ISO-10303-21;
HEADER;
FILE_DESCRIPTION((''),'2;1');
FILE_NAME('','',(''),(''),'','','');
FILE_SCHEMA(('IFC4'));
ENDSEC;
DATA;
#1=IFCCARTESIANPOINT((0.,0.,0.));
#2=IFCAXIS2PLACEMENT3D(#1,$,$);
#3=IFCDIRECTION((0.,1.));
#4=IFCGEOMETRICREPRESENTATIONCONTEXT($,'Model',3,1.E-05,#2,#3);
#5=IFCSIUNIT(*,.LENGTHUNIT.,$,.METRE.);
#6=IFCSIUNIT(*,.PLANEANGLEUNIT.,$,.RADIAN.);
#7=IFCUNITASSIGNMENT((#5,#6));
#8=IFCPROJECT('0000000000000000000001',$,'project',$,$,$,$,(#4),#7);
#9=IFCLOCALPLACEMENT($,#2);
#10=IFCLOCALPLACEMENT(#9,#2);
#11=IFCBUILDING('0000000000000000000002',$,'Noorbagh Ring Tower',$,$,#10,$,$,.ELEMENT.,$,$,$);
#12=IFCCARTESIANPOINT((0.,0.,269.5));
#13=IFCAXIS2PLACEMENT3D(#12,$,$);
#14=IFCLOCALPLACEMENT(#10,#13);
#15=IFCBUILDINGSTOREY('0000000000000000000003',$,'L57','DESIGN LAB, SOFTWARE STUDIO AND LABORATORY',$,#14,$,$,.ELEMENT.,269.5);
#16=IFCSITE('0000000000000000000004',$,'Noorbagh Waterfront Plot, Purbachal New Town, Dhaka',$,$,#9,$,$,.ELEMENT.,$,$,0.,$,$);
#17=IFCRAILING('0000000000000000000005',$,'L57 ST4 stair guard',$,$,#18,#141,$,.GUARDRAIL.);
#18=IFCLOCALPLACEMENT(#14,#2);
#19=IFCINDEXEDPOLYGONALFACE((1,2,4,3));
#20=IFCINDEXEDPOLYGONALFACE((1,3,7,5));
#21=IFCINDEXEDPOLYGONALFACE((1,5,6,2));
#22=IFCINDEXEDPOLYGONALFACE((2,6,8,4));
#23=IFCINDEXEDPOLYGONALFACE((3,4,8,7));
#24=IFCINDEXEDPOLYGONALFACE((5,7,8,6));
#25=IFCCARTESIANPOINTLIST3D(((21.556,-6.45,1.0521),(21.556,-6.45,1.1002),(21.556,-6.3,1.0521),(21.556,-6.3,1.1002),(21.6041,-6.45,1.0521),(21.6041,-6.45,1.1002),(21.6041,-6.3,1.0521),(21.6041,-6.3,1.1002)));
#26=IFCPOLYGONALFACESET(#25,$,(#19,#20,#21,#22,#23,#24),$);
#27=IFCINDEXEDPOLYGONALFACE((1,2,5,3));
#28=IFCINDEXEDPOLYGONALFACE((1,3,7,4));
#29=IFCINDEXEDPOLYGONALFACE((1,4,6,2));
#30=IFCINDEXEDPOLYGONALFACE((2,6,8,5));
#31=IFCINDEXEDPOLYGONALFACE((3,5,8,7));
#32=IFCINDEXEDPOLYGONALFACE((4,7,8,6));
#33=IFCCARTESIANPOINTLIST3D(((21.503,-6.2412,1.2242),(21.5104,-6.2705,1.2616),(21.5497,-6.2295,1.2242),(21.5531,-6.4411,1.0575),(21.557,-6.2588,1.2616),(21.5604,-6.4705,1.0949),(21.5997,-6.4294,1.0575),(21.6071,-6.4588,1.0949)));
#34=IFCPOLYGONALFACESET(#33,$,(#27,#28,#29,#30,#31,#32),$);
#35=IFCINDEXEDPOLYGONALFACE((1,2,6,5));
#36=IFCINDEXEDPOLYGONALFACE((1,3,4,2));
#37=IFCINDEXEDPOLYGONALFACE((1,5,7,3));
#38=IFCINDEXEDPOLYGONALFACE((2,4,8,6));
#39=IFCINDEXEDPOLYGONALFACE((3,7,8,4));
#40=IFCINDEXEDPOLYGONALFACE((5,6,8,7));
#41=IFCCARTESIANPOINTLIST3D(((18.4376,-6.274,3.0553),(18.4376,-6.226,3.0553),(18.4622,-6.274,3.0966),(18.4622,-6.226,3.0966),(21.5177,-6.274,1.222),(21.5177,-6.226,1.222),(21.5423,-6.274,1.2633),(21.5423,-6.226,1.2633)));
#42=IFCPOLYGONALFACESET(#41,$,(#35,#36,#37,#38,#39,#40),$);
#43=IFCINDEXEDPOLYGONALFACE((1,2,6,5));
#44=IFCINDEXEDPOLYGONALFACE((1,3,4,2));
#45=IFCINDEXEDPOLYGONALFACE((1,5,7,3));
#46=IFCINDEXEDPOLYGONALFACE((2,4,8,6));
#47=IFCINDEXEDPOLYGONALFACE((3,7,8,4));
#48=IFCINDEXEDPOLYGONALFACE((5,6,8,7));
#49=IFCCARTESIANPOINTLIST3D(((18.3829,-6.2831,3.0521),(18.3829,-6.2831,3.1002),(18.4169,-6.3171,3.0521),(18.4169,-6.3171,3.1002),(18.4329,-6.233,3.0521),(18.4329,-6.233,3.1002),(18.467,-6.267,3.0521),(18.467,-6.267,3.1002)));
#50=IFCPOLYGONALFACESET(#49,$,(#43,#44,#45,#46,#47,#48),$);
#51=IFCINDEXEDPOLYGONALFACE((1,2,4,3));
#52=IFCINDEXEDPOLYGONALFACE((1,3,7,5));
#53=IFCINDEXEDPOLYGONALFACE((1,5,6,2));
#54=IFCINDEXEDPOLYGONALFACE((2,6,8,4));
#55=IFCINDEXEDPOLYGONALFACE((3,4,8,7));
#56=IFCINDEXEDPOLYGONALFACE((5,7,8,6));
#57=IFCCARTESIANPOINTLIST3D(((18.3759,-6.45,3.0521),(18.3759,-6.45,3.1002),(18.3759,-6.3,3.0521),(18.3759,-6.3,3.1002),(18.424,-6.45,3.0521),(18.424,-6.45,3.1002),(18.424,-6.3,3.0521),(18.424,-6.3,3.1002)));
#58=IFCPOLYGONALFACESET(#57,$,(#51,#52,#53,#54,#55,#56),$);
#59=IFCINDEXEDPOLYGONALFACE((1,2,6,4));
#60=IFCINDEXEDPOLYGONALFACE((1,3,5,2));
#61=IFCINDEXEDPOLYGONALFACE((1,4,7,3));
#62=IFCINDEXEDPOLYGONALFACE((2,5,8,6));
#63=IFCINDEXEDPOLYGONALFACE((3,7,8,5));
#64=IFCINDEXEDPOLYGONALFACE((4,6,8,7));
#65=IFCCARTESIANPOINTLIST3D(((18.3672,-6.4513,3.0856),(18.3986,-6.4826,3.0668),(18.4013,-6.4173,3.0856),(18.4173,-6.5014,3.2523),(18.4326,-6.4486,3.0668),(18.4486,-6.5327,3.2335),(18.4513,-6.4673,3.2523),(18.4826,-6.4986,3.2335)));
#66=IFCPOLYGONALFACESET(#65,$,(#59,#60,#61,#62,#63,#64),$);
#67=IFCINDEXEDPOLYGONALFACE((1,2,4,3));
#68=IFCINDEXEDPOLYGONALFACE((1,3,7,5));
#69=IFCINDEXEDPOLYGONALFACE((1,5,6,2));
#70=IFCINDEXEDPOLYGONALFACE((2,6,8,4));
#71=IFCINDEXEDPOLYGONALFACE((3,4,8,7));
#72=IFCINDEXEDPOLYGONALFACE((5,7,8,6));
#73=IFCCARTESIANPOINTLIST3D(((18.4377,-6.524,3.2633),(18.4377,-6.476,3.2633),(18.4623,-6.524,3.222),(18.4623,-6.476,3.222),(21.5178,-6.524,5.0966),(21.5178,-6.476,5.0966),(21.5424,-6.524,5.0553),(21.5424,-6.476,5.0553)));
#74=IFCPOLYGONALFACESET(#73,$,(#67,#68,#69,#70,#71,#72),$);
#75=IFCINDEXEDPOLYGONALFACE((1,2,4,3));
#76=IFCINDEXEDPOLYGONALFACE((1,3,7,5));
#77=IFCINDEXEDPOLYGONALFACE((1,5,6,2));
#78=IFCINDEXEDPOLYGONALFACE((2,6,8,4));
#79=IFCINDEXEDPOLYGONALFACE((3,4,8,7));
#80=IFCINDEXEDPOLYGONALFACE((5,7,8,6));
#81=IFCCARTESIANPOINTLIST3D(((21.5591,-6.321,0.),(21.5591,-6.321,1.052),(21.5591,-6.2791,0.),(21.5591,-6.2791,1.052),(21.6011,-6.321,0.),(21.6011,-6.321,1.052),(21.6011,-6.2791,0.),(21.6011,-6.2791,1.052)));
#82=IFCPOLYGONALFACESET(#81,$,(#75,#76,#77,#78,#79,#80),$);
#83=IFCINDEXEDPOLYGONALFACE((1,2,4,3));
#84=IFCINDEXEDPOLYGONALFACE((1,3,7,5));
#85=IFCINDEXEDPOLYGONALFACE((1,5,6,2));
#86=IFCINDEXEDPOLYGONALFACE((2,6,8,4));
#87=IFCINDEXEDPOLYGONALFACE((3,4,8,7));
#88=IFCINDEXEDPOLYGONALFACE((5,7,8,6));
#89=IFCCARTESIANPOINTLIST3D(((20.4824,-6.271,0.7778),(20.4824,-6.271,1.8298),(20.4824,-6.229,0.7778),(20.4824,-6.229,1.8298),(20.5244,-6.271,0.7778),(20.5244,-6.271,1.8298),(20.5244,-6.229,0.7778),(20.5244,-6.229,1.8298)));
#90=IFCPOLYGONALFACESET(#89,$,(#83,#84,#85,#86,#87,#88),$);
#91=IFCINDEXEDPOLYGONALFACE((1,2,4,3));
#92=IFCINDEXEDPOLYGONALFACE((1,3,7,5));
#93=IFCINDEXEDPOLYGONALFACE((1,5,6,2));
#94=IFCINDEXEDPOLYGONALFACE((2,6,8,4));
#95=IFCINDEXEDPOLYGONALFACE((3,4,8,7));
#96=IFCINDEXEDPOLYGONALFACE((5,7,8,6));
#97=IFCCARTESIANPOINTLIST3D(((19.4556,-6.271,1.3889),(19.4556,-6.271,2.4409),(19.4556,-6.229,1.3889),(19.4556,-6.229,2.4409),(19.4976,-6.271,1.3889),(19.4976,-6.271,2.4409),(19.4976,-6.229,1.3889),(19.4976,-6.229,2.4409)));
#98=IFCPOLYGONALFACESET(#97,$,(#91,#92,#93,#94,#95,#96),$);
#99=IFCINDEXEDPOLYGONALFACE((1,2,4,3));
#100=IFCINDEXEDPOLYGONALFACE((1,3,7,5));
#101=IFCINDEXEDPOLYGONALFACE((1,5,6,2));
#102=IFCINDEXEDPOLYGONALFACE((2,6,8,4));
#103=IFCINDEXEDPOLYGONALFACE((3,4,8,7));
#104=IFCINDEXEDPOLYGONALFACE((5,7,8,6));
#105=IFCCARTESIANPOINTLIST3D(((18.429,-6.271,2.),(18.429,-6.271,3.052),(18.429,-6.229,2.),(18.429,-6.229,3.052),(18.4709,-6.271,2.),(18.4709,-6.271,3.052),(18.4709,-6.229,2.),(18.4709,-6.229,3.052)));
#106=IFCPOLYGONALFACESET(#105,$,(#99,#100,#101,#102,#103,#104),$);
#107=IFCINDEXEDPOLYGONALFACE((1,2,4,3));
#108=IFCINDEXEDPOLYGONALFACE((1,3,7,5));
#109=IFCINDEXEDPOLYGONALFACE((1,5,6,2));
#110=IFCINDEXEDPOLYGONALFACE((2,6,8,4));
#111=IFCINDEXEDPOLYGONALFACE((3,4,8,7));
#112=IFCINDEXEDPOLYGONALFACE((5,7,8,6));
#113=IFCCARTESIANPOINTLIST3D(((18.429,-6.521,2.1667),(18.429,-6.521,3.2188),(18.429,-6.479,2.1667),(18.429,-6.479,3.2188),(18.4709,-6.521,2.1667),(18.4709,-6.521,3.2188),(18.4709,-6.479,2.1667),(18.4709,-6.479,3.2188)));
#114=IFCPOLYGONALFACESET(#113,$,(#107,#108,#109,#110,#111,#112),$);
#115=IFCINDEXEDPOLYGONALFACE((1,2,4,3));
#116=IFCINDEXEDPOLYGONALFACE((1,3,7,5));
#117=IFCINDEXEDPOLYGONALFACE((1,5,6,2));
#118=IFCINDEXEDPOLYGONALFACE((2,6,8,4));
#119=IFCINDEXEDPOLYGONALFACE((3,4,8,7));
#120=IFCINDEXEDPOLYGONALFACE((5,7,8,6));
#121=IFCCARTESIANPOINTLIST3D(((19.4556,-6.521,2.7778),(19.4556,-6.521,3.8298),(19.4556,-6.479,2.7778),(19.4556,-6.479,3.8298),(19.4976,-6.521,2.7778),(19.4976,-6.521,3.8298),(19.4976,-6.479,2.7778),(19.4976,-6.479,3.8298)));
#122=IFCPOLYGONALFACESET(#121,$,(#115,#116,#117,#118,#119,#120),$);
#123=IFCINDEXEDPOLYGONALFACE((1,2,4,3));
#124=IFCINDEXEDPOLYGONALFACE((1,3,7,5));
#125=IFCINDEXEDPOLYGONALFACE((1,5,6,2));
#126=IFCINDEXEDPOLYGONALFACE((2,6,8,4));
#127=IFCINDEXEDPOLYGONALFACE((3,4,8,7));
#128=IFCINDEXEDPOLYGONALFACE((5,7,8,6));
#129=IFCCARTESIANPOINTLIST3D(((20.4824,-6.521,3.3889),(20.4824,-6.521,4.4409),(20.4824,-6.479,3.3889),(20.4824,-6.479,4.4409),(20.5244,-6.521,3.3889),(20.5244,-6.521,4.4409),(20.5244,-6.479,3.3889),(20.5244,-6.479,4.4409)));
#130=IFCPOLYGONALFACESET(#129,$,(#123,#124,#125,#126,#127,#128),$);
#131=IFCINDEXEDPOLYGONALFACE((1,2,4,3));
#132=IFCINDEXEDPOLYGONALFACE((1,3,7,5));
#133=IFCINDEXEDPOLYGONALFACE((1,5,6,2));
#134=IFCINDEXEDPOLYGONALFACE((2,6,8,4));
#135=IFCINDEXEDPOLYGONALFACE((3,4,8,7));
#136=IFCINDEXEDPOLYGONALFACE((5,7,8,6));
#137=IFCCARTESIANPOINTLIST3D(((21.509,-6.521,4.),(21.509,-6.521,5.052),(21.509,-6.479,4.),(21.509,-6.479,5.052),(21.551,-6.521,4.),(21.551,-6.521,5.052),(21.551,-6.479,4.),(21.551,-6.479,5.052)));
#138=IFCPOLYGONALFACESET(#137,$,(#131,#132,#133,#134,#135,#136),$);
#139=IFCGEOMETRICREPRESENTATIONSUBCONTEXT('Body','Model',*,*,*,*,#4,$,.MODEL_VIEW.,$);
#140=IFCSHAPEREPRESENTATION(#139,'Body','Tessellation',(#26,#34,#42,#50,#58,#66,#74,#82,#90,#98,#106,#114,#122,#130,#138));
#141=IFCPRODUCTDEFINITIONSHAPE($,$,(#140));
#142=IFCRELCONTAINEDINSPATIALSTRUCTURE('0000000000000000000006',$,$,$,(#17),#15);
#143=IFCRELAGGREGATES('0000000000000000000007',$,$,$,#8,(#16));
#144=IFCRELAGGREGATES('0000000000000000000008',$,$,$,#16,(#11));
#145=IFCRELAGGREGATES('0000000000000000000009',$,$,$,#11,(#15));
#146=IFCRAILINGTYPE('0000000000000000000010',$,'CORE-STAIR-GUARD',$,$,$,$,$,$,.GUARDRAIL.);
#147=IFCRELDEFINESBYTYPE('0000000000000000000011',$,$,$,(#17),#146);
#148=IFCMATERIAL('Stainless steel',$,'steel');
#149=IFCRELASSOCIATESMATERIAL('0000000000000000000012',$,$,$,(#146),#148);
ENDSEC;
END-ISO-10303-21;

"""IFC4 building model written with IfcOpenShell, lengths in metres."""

from ifc_helpers import new_model, si_unit, direction, frame, origin, origin_2d, place, context, subcontext, project, spatial, rectangle, extrude, material, type_object, element, save


model = new_model("IFC4")

# Units and contexts
model_context = context("Model", 3, precision=1e-05, world=origin(), true_north=direction((0.0, 1.0)))
body_context = subcontext(model_context, "Body", "Model", "MODEL_VIEW")
ifc_project = project(units=[si_unit("LENGTHUNIT", "METRE"), si_unit("PLANEANGLEUNIT", "RADIAN")], contexts=[model_context])

# Site, building, storey
site_placement = place(None, origin())
site = spatial("IfcSite", under=ifc_project, at=site_placement, Name="Noorbagh Waterfront Plot, Purbachal New Town, Dhaka", CompositionType="ELEMENT", RefElevation=0.0)
building_placement = place(site_placement, origin())
building = spatial("IfcBuilding", under=site, at=building_placement, Name="Noorbagh Ring Tower", CompositionType="ELEMENT")
storey_placement = place(building_placement, frame((0.0, 0.0, 269.5)))
storey = spatial("IfcBuildingStorey", under=building, at=storey_placement, Name="L57", Description="DESIGN LAB, SOFTWARE STUDIO AND LABORATORY", CompositionType="ELEMENT", Elevation=269.5)

# Railing
ifc_material_1 = material(Name="Stainless steel", Category="steel")
railing_type_1 = type_object("IfcRailingType", Name="CORE-STAIR-GUARD", PredefinedType="GUARDRAIL", material=ifc_material_1)
railing_1_placement = place(storey_placement, frame((21.5801, -6.3, 0.0)))
element("IfcRailing", 1, at=railing_1_placement, inside=storey, type_object=railing_type_1, Name="L57 ST4 stair guard", PredefinedType="GUARDRAIL", context=body_context, shape_type="SweptSolid", body=[
    extrude(rectangle(XDim=0.0481, YDim=0.0481, at=origin_2d()), frame((0.0, 0.0, 1.0762), z_axis=(0.0, -1.0, 0.0), x_axis=(1.0, 0.0, 0.0)), (0.0, 0.0, 1.0), 0.1499),
    extrude(rectangle(XDim=0.0481, YDim=0.0481, at=origin_2d()), frame((0.0, -0.1499, 1.0762), z_axis=(-0.188776, 0.754182, 0.628946), x_axis=(-0.970073, -0.242814, 0.0)), (0.0, 0.0, 1.0), 0.2651),
    extrude(rectangle(XDim=0.0481, YDim=0.0481, at=origin_2d()), frame((-0.05, 0.05, 1.2427), z_axis=(-0.859309, 0.0, 0.511458), x_axis=(0.0, -1.0, 0.0)), (0.0, 0.0, 1.0), 3.5845),
    extrude(rectangle(XDim=0.0481, YDim=0.0481, at=origin_2d()), frame((-3.1301, 0.05, 3.0762), z_axis=(-0.707107, -0.707107, 0.0), x_axis=(0.707107, -0.707107, 0.0)), (0.0, 0.0, 1.0), 0.0708),
    extrude(rectangle(XDim=0.0481, YDim=0.0481, at=origin_2d()), frame((-3.1802, 0.0, 3.0762), z_axis=(0.0, -1.0, 0.0), x_axis=(1.0, 0.0, 0.0)), (0.0, 0.0, 1.0), 0.1499),
    extrude(rectangle(XDim=0.0481, YDim=0.0481, at=origin_2d()), frame((-3.1802, -0.1499, 3.0762), z_axis=(0.276287, -0.276287, 0.920506), x_axis=(0.707107, 0.707107, 0.0)), (0.0, 0.0, 1.0), 0.1812),
    extrude(rectangle(XDim=0.0481, YDim=0.0481, at=origin_2d()), frame((-3.1301, -0.2, 3.2427), z_axis=(0.859309, 0.0, 0.511458), x_axis=(0.0, 1.0, 0.0)), (0.0, 0.0, 1.0), 3.5845),
    extrude(rectangle(XDim=0.042, YDim=0.042, at=origin_2d()), origin(), (0.0, 0.0, 1.0), 1.052),
    extrude(rectangle(XDim=0.042, YDim=0.042, at=origin_2d()), frame((-1.0767, 0.05, 0.7778)), (0.0, 0.0, 1.0), 1.052),
    extrude(rectangle(XDim=0.042, YDim=0.042, at=origin_2d()), frame((-2.1035, 0.05, 1.3889)), (0.0, 0.0, 1.0), 1.052),
    extrude(rectangle(XDim=0.042, YDim=0.042, at=origin_2d()), frame((-3.1301, 0.05, 2.0)), (0.0, 0.0, 1.0), 1.052),
    extrude(rectangle(XDim=0.042, YDim=0.042, at=origin_2d()), frame((-3.1301, -0.2, 2.1667)), (0.0, 0.0, 1.0), 1.052),
    extrude(rectangle(XDim=0.042, YDim=0.042, at=origin_2d()), frame((-2.1035, -0.2, 2.7778)), (0.0, 0.0, 1.0), 1.052),
    extrude(rectangle(XDim=0.042, YDim=0.042, at=origin_2d()), frame((-1.0767, -0.2, 3.3889)), (0.0, 0.0, 1.0), 1.052),
    extrude(rectangle(XDim=0.042, YDim=0.042, at=origin_2d()), frame((-0.05, -0.2, 4.0)), (0.0, 0.0, 1.0), 1.052),
])

save(model, "model.ifc")
